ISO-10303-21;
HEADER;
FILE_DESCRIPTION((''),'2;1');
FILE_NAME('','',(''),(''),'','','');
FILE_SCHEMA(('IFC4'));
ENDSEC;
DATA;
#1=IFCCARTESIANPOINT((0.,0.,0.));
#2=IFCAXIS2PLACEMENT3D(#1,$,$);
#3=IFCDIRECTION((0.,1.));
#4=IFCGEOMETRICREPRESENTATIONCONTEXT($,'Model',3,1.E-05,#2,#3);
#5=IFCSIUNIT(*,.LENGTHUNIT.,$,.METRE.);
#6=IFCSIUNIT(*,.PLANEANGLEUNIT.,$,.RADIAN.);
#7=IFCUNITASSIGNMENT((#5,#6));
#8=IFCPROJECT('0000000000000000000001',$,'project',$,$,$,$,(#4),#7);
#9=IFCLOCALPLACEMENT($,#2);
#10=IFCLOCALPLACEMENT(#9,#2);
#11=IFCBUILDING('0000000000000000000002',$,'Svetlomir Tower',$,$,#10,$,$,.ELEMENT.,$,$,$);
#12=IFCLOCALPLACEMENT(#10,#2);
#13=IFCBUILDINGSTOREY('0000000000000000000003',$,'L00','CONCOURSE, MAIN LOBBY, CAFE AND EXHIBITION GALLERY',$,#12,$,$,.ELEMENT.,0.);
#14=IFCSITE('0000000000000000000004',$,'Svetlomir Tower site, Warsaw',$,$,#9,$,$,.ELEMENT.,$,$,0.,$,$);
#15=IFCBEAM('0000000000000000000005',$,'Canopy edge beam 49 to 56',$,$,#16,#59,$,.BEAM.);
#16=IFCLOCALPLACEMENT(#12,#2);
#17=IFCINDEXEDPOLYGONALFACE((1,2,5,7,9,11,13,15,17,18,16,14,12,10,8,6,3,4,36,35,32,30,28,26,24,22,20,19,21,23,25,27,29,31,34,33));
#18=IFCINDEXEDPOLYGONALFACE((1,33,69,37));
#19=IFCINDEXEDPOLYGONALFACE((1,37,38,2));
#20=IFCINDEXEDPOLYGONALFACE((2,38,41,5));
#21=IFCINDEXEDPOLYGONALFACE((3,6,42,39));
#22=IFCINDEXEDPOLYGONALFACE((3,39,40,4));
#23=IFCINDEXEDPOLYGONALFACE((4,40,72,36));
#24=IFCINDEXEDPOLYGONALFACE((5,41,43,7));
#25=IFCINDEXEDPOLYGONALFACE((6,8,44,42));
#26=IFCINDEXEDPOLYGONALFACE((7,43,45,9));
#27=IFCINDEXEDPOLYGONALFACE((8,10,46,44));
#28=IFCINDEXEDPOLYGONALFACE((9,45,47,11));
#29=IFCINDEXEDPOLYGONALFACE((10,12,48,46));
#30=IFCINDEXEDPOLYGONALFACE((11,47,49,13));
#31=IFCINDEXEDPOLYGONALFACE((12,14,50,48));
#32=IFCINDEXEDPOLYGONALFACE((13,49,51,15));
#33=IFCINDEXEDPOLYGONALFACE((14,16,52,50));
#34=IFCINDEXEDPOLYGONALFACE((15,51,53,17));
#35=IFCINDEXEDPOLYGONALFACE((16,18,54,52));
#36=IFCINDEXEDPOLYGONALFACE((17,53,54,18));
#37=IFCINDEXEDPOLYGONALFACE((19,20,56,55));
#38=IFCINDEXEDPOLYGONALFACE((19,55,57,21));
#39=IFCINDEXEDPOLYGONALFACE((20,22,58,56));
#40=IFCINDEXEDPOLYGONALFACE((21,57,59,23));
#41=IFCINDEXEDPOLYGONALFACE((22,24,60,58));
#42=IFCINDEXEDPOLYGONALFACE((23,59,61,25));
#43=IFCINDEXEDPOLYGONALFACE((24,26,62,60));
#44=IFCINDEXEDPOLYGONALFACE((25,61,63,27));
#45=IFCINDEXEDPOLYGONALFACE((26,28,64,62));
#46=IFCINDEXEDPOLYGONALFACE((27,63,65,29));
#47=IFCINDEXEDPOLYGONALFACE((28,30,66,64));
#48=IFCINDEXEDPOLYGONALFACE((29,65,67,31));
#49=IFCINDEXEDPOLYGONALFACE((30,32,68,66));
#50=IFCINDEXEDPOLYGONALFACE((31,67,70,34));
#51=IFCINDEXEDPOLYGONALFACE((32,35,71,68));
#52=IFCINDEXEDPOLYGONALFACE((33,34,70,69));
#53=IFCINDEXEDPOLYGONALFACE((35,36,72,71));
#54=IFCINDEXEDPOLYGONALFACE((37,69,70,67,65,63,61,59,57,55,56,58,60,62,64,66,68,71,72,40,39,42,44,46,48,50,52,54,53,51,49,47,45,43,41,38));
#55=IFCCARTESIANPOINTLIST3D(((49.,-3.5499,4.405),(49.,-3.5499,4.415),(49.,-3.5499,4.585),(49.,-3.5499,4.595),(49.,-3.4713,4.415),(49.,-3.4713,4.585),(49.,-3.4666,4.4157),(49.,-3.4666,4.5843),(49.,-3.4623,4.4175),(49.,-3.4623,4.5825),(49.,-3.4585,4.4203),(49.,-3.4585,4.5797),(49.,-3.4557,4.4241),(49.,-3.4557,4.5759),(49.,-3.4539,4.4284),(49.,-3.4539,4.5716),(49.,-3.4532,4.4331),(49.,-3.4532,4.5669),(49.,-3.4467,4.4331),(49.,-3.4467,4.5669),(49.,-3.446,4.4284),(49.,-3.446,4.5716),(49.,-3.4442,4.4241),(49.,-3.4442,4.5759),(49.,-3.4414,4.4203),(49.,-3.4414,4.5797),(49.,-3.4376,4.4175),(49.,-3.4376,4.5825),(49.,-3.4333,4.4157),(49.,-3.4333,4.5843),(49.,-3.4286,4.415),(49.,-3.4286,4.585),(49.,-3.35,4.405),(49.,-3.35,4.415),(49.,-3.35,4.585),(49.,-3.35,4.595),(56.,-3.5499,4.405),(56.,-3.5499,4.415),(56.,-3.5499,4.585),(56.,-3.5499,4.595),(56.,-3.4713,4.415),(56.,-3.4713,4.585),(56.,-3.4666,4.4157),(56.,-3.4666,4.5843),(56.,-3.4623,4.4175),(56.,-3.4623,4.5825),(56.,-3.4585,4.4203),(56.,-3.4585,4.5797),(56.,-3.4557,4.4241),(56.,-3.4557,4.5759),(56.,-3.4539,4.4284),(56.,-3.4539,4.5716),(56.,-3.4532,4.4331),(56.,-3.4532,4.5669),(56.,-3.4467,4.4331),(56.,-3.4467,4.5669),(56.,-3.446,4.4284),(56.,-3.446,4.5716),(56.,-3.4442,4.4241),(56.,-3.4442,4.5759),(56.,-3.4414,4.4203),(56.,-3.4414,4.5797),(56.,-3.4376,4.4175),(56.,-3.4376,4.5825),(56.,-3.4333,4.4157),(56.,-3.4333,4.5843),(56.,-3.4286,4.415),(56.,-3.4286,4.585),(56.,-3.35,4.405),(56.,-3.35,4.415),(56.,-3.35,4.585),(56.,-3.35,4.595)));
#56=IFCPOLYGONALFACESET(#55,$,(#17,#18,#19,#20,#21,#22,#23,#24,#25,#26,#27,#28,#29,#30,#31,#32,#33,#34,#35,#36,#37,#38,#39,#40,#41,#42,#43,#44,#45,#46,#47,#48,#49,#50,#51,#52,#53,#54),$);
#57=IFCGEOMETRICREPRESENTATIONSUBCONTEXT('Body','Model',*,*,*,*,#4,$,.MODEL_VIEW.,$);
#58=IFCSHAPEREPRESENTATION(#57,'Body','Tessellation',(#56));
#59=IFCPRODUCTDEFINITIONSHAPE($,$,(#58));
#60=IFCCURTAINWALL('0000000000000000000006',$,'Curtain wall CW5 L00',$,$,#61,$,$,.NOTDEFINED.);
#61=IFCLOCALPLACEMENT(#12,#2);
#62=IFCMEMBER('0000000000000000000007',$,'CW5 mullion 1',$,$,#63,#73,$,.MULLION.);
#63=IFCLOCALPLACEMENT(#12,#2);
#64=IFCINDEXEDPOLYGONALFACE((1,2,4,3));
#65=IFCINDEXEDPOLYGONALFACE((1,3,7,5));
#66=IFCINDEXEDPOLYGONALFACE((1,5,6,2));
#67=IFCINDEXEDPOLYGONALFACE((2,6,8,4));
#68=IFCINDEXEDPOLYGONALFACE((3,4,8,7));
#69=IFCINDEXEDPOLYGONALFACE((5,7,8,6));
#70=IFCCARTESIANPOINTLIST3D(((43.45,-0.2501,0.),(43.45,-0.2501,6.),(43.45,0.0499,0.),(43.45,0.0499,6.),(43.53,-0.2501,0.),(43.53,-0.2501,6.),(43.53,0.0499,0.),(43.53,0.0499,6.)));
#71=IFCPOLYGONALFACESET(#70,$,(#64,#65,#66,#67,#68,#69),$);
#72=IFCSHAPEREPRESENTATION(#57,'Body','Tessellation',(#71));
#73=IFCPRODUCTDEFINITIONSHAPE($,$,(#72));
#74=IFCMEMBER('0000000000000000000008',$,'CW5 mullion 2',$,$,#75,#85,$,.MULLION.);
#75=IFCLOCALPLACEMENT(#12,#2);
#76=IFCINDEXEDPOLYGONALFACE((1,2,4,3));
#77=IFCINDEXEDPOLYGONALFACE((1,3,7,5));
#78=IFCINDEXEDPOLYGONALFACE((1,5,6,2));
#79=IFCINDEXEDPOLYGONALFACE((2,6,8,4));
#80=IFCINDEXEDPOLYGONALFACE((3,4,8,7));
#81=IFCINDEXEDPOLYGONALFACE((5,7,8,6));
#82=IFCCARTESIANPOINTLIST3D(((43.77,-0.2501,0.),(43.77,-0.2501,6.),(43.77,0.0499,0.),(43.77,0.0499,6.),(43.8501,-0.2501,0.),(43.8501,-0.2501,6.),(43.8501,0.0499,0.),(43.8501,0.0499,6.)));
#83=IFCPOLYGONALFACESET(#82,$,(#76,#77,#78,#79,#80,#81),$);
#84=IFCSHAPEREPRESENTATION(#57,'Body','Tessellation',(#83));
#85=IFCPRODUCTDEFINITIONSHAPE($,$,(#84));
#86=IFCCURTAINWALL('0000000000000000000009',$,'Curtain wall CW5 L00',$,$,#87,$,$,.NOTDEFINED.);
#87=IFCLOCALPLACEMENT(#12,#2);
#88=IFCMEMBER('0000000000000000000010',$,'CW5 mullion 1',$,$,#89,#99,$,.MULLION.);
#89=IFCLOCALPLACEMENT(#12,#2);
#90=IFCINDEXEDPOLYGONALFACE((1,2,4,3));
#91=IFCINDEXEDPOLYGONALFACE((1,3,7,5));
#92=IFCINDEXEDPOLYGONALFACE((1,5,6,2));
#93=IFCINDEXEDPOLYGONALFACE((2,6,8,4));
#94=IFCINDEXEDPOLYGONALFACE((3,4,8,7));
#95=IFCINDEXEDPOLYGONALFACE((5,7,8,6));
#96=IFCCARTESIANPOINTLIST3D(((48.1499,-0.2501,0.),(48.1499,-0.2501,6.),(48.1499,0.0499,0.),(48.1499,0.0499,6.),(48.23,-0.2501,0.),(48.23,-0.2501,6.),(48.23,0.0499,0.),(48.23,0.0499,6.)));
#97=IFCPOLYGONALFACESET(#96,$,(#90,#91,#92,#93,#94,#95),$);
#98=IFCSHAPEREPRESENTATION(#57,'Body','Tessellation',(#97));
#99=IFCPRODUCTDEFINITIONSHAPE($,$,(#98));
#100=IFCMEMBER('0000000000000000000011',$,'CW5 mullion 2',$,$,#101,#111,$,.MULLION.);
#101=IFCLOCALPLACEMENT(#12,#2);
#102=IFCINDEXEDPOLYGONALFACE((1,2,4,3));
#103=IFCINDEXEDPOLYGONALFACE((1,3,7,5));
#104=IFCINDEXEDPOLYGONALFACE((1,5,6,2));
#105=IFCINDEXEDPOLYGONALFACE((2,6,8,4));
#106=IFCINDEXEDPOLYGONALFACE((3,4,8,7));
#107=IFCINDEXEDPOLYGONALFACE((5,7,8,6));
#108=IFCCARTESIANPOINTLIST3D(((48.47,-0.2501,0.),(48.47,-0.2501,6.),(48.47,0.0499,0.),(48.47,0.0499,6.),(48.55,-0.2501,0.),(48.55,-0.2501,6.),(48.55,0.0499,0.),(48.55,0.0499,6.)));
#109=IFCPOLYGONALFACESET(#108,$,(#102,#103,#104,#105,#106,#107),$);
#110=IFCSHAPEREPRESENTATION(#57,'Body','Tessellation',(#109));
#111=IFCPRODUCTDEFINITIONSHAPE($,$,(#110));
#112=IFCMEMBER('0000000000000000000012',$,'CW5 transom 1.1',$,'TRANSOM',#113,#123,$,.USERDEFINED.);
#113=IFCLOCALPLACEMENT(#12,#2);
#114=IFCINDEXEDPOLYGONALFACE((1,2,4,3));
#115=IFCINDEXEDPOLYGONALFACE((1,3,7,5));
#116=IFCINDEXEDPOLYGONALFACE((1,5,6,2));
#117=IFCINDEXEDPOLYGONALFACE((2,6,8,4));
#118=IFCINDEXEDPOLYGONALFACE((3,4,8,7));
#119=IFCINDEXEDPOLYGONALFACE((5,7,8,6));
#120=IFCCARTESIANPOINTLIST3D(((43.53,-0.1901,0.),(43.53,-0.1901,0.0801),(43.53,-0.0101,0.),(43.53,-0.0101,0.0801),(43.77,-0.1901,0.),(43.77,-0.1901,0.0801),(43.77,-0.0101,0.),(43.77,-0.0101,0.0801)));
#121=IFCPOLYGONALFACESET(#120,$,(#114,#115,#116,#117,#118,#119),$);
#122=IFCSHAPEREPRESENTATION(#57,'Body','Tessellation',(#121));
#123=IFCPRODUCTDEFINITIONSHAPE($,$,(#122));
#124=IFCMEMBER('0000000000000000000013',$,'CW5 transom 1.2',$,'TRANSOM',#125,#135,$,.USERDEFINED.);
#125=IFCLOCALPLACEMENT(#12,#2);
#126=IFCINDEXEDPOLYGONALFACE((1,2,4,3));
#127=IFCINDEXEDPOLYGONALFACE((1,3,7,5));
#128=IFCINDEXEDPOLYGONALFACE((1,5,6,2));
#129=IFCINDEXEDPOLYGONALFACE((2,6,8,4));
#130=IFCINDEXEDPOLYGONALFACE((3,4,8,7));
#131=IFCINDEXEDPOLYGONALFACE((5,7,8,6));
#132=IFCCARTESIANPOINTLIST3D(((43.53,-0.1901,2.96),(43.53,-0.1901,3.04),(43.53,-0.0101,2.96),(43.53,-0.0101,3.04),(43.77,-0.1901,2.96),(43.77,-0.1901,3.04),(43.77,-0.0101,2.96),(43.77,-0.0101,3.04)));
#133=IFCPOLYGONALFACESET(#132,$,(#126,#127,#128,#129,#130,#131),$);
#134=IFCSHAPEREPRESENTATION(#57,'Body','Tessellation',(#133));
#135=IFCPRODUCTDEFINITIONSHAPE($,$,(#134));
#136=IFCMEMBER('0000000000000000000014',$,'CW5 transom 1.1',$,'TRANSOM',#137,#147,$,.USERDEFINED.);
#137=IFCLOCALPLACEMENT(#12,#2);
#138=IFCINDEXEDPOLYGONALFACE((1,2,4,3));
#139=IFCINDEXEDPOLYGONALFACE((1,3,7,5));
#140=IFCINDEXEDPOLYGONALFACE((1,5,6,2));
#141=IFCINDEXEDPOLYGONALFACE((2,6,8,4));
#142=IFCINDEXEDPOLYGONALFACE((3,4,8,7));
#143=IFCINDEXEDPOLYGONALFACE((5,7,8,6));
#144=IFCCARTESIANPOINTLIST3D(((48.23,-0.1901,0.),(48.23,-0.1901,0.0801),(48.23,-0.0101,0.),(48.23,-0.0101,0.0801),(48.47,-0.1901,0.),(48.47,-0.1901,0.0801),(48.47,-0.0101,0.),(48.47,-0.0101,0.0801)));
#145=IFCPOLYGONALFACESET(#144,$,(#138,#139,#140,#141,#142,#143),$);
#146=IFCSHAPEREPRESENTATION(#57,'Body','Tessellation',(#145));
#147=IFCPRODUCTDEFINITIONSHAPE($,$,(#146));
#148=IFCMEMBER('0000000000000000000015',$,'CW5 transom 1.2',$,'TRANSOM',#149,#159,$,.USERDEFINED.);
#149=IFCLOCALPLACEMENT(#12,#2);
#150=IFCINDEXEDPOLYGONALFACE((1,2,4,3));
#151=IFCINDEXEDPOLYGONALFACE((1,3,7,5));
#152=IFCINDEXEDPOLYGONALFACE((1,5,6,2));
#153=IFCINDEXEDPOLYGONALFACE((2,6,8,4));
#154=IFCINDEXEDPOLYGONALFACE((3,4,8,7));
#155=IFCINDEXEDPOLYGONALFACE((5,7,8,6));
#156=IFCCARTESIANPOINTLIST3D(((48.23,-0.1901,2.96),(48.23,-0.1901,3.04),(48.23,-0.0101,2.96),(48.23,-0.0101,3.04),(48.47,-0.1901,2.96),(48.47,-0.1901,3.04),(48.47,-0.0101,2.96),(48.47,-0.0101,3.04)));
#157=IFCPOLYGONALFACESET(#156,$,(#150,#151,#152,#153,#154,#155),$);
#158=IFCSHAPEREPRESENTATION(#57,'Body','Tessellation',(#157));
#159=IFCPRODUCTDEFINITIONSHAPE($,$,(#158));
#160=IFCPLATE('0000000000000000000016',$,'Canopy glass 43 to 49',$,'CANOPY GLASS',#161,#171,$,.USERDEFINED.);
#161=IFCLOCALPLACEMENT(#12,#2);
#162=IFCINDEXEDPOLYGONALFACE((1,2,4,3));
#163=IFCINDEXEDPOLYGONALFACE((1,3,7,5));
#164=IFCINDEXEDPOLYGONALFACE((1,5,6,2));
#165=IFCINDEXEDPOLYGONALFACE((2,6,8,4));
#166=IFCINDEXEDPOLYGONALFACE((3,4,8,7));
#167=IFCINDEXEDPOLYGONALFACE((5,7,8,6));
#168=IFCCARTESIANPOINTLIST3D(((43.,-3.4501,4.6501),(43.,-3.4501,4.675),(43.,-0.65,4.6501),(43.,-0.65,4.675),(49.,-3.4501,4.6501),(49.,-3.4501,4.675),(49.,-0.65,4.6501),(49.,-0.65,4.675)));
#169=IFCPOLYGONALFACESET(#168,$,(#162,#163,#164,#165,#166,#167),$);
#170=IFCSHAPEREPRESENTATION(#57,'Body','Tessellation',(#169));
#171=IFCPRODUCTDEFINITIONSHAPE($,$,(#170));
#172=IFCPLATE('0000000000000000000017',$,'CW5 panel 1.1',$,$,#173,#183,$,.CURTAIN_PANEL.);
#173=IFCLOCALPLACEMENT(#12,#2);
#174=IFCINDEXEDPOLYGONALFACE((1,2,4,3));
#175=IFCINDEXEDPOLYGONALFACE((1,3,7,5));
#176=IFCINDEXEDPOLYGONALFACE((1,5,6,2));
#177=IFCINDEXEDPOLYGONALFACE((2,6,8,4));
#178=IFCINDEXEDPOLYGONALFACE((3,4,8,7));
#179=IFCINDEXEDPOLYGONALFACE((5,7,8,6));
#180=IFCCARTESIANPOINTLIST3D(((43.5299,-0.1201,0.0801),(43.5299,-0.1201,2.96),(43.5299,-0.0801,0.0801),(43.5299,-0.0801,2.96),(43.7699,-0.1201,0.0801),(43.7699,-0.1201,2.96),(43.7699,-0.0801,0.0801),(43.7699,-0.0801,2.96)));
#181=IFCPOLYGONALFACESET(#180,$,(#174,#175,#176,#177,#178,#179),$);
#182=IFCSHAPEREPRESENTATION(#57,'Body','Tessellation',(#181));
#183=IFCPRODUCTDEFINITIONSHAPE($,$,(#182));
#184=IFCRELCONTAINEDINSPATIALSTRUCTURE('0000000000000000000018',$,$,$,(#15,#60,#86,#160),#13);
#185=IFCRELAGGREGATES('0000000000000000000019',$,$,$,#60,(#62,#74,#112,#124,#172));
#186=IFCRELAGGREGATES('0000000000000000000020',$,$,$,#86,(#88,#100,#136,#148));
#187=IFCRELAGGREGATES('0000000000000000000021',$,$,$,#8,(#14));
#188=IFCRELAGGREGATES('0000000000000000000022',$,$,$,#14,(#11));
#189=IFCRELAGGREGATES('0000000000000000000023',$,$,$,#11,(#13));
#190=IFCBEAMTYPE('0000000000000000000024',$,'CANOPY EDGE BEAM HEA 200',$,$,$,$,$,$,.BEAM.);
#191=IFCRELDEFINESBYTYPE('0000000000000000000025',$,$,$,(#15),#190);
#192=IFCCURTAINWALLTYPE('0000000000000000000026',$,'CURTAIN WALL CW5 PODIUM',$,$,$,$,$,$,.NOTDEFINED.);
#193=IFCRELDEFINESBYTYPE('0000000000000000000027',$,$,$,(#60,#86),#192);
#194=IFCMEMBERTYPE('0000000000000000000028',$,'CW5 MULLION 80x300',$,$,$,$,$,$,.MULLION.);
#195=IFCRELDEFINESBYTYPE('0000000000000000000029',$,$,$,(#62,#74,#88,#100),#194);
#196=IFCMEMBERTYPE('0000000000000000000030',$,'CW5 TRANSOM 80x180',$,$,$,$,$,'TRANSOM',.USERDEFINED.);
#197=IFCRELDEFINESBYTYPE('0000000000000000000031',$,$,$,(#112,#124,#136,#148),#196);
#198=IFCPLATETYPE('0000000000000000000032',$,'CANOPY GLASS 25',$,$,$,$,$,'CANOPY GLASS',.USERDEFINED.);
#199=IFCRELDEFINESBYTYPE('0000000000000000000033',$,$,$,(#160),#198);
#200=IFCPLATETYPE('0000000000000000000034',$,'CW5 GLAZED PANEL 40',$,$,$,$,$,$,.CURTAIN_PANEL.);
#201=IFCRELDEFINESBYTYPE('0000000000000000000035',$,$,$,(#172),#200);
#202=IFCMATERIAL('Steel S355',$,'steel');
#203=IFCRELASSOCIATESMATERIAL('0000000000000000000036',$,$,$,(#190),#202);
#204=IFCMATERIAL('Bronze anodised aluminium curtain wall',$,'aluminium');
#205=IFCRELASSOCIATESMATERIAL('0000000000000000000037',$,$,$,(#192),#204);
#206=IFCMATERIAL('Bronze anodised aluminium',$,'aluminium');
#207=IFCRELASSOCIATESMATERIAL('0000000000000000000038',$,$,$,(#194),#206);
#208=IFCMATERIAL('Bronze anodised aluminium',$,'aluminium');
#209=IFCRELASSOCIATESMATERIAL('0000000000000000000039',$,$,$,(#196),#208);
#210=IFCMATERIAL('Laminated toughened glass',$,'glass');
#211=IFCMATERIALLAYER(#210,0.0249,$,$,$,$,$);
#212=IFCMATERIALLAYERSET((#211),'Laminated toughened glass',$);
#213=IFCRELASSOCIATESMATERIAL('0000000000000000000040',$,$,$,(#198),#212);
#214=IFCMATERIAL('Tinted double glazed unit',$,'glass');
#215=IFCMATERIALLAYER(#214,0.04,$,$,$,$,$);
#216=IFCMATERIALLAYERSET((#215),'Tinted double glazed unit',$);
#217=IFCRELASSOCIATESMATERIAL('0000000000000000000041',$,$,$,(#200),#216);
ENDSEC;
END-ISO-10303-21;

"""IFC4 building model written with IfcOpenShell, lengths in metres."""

from ifc_helpers import new_model, si_unit, direction, frame, origin, origin_2d, place, context, subcontext, project, spatial, rectangle, i_section, extrude, material, layer, layer_set, material_profile, profile_set, type_object, element, aggregate, save


model = new_model("IFC4")

# Units and contexts
model_context = context("Model", 3, precision=1e-05, world=origin(), true_north=direction((0.0, 1.0)))
body_context = subcontext(model_context, "Body", "Model", "MODEL_VIEW")
ifc_project = project(units=[si_unit("LENGTHUNIT", "METRE"), si_unit("PLANEANGLEUNIT", "RADIAN")], contexts=[model_context])

# Site, building, storey
site_placement = place(None, origin())
site = spatial("IfcSite", under=ifc_project, at=site_placement, Name="Svetlomir Tower site, Warsaw", CompositionType="ELEMENT", RefElevation=0.0)
building_placement = place(site_placement, origin())
building = spatial("IfcBuilding", under=site, at=building_placement, Name="Svetlomir Tower", CompositionType="ELEMENT")
storey_placement = place(building_placement, origin())
storey = spatial("IfcBuildingStorey", under=building, at=storey_placement, Name="L00", Description="CONCOURSE, MAIN LOBBY, CAFE AND EXHIBITION GALLERY", CompositionType="ELEMENT", Elevation=0.0)

# Beam
ifc_material_1 = material(Name="Steel S355", Category="steel")
ifc_material_profile_1 = material_profile(ifc_material_1, i_section(OverallWidth=0.2, OverallDepth=0.1899, WebThickness=0.0066, FlangeThickness=0.01, FilletRadius=0.0181, at=origin_2d()), Name="HEA 200")
ifc_profile_set_1 = profile_set([ifc_material_profile_1], Name="Steel S355")
beam_type = type_object("IfcBeamType", Name="CANOPY EDGE BEAM HEA 200", PredefinedType="BEAM", material=ifc_profile_set_1)
beam_placement = place(storey_placement, frame((49.0, -3.45, 4.5), z_axis=(1.0, 0.0, 0.0), x_axis=(0.0, 1.0, 0.0)))
element("IfcBeam", 1, at=beam_placement, inside=storey, type_object=beam_type, Name="Canopy edge beam 49 to 56", PredefinedType="BEAM", context=body_context, shape_type="SweptSolid", body=[
    extrude(i_section(OverallWidth=0.2, OverallDepth=0.1899, WebThickness=0.0066, FlangeThickness=0.01, FilletRadius=0.0181, at=origin_2d()), origin(), (0.0, 0.0, 1.0), 7.0),
])

# Curtain walls, members
ifc_material_2 = material(Name="Bronze anodised aluminium curtain wall", Category="aluminium")
curtain_wall_type = type_object("IfcCurtainWallType", Name="CURTAIN WALL CW5 PODIUM", PredefinedType="NOTDEFINED", material=ifc_material_2)
curtain_wall_1_placement = place(storey_placement, origin())
curtain_wall_1 = element("IfcCurtainWall", 2, at=curtain_wall_1_placement, inside=storey, type_object=curtain_wall_type, Name="Curtain wall CW5 L00", PredefinedType="NOTDEFINED")
ifc_material_3 = material(Name="Bronze anodised aluminium", Category="aluminium")
ifc_material_profile_2 = material_profile(ifc_material_3, rectangle(XDim=0.0801, YDim=0.3, at=origin_2d()), Name="AL 80x300")
ifc_profile_set_2 = profile_set([ifc_material_profile_2], Name="Bronze anodised aluminium 6063-T6")
member_type_1 = type_object("IfcMemberType", Name="CW5 MULLION 80x300", PredefinedType="MULLION", material=ifc_profile_set_2)
member_1_placement = place(storey_placement, frame((43.49, -0.1001, 0.0), z_axis=(0.0, 0.0, 1.0), x_axis=(1.0, 0.0, 0.0)))
member_1 = element("IfcMember", 3, at=member_1_placement, type_object=member_type_1, Name="CW5 mullion 1", PredefinedType="MULLION", context=body_context, shape_type="SweptSolid", body=[
    extrude(rectangle(XDim=0.0801, YDim=0.3, at=origin_2d()), origin(), (0.0, 0.0, 1.0), 6.0),
])
member_2_placement = place(storey_placement, frame((43.8101, -0.1001, 0.0), z_axis=(0.0, 0.0, 1.0), x_axis=(1.0, 0.0, 0.0)))
member_2 = element("IfcMember", 4, at=member_2_placement, type_object=member_type_1, Name="CW5 mullion 2", PredefinedType="MULLION", context=body_context, shape_type="SweptSolid", body=[
    extrude(rectangle(XDim=0.0801, YDim=0.3, at=origin_2d()), origin(), (0.0, 0.0, 1.0), 6.0),
])
curtain_wall_2_placement = place(storey_placement, origin())
curtain_wall_2 = element("IfcCurtainWall", 5, at=curtain_wall_2_placement, inside=storey, type_object=curtain_wall_type, Name="Curtain wall CW5 L00", PredefinedType="NOTDEFINED")
member_3_placement = place(storey_placement, frame((48.1899, -0.1001, 0.0), z_axis=(0.0, 0.0, 1.0), x_axis=(1.0, 0.0, 0.0)))
member_3 = element("IfcMember", 6, at=member_3_placement, type_object=member_type_1, Name="CW5 mullion 1", PredefinedType="MULLION", context=body_context, shape_type="SweptSolid", body=[
    extrude(rectangle(XDim=0.0801, YDim=0.3, at=origin_2d()), origin(), (0.0, 0.0, 1.0), 6.0),
])
member_4_placement = place(storey_placement, frame((48.51, -0.1001, 0.0), z_axis=(0.0, 0.0, 1.0), x_axis=(1.0, 0.0, 0.0)))
member_4 = element("IfcMember", 7, at=member_4_placement, type_object=member_type_1, Name="CW5 mullion 2", PredefinedType="MULLION", context=body_context, shape_type="SweptSolid", body=[
    extrude(rectangle(XDim=0.0801, YDim=0.3, at=origin_2d()), origin(), (0.0, 0.0, 1.0), 6.0),
])

# Members
ifc_material_4 = material(Name="Bronze anodised aluminium", Category="aluminium")
ifc_material_profile_3 = material_profile(ifc_material_4, rectangle(XDim=0.1799, YDim=0.0801, at=origin_2d()), Name="AL 180x80")
ifc_profile_set_3 = profile_set([ifc_material_profile_3], Name="Bronze anodised aluminium 6063-T6")
member_type_2 = type_object("IfcMemberType", Name="CW5 TRANSOM 80x180", ElementType="TRANSOM", PredefinedType="USERDEFINED", material=ifc_profile_set_3)
member_5_placement = place(storey_placement, frame((43.53, -0.1001, 0.04), z_axis=(1.0, 0.0, 0.0), x_axis=(0.0, 1.0, 0.0)))
member_5 = element("IfcMember", 8, at=member_5_placement, type_object=member_type_2, Name="CW5 transom 1.1", ObjectType="TRANSOM", PredefinedType="USERDEFINED", context=body_context, shape_type="SweptSolid", body=[
    extrude(rectangle(XDim=0.1799, YDim=0.0801, at=origin_2d()), origin(), (0.0, 0.0, 1.0), 0.24),
])
member_6_placement = place(storey_placement, frame((43.53, -0.1001, 3.0), z_axis=(1.0, 0.0, 0.0), x_axis=(0.0, 1.0, 0.0)))
member_6 = element("IfcMember", 9, at=member_6_placement, type_object=member_type_2, Name="CW5 transom 1.2", ObjectType="TRANSOM", PredefinedType="USERDEFINED", context=body_context, shape_type="SweptSolid", body=[
    extrude(rectangle(XDim=0.1799, YDim=0.0801, at=origin_2d()), origin(), (0.0, 0.0, 1.0), 0.24),
])
member_7_placement = place(storey_placement, frame((48.23, -0.1001, 0.04), z_axis=(1.0, 0.0, 0.0), x_axis=(0.0, 1.0, 0.0)))
member_7 = element("IfcMember", 10, at=member_7_placement, type_object=member_type_2, Name="CW5 transom 1.1", ObjectType="TRANSOM", PredefinedType="USERDEFINED", context=body_context, shape_type="SweptSolid", body=[
    extrude(rectangle(XDim=0.1799, YDim=0.0801, at=origin_2d()), origin(), (0.0, 0.0, 1.0), 0.24),
])
member_8_placement = place(storey_placement, frame((48.23, -0.1001, 3.0), z_axis=(1.0, 0.0, 0.0), x_axis=(0.0, 1.0, 0.0)))
member_8 = element("IfcMember", 11, at=member_8_placement, type_object=member_type_2, Name="CW5 transom 1.2", ObjectType="TRANSOM", PredefinedType="USERDEFINED", context=body_context, shape_type="SweptSolid", body=[
    extrude(rectangle(XDim=0.1799, YDim=0.0801, at=origin_2d()), origin(), (0.0, 0.0, 1.0), 0.24),
])

# Plates
ifc_material_5 = material(Name="Laminated toughened glass", Category="glass")
ifc_layer_1 = layer(ifc_material_5, 0.0249)
ifc_layer_set_1 = layer_set([ifc_layer_1], Name="Laminated toughened glass")
plate_type_1 = type_object("IfcPlateType", Name="CANOPY GLASS 25", ElementType="CANOPY GLASS", PredefinedType="USERDEFINED", material=ifc_layer_set_1)
plate_1_placement = place(storey_placement, frame((46.0, -2.05, 4.6501), z_axis=(0.0, 0.0, 1.0), x_axis=(1.0, 0.0, 0.0)))
element("IfcPlate", 12, at=plate_1_placement, inside=storey, type_object=plate_type_1, Name="Canopy glass 43 to 49", ObjectType="CANOPY GLASS", PredefinedType="USERDEFINED", context=body_context, shape_type="SweptSolid", body=[
    extrude(rectangle(XDim=6.0, YDim=2.8, at=origin_2d()), origin(), (0.0, 0.0, 1.0), 0.0249),
])
ifc_material_6 = material(Name="Tinted double glazed unit", Category="glass")
ifc_layer_2 = layer(ifc_material_6, 0.04)
ifc_layer_set_2 = layer_set([ifc_layer_2], Name="Tinted double glazed unit")
plate_type_2 = type_object("IfcPlateType", Name="CW5 GLAZED PANEL 40", PredefinedType="CURTAIN_PANEL", material=ifc_layer_set_2)
plate_2_placement = place(storey_placement, frame((43.6499, -0.1001, 0.0801), z_axis=(0.0, 0.0, 1.0), x_axis=(1.0, 0.0, 0.0)))
plate_2 = element("IfcPlate", 13, at=plate_2_placement, type_object=plate_type_2, Name="CW5 panel 1.1", PredefinedType="CURTAIN_PANEL", context=body_context, shape_type="SweptSolid", body=[
    extrude(rectangle(XDim=0.24, YDim=0.04, at=origin_2d()), origin(), (0.0, 0.0, 1.0), 2.8799),
])
aggregate(curtain_wall_1, [member_1, member_2, member_5, member_6, plate_2])
aggregate(curtain_wall_2, [member_3, member_4, member_7, member_8])

save(model, "model.ifc")
